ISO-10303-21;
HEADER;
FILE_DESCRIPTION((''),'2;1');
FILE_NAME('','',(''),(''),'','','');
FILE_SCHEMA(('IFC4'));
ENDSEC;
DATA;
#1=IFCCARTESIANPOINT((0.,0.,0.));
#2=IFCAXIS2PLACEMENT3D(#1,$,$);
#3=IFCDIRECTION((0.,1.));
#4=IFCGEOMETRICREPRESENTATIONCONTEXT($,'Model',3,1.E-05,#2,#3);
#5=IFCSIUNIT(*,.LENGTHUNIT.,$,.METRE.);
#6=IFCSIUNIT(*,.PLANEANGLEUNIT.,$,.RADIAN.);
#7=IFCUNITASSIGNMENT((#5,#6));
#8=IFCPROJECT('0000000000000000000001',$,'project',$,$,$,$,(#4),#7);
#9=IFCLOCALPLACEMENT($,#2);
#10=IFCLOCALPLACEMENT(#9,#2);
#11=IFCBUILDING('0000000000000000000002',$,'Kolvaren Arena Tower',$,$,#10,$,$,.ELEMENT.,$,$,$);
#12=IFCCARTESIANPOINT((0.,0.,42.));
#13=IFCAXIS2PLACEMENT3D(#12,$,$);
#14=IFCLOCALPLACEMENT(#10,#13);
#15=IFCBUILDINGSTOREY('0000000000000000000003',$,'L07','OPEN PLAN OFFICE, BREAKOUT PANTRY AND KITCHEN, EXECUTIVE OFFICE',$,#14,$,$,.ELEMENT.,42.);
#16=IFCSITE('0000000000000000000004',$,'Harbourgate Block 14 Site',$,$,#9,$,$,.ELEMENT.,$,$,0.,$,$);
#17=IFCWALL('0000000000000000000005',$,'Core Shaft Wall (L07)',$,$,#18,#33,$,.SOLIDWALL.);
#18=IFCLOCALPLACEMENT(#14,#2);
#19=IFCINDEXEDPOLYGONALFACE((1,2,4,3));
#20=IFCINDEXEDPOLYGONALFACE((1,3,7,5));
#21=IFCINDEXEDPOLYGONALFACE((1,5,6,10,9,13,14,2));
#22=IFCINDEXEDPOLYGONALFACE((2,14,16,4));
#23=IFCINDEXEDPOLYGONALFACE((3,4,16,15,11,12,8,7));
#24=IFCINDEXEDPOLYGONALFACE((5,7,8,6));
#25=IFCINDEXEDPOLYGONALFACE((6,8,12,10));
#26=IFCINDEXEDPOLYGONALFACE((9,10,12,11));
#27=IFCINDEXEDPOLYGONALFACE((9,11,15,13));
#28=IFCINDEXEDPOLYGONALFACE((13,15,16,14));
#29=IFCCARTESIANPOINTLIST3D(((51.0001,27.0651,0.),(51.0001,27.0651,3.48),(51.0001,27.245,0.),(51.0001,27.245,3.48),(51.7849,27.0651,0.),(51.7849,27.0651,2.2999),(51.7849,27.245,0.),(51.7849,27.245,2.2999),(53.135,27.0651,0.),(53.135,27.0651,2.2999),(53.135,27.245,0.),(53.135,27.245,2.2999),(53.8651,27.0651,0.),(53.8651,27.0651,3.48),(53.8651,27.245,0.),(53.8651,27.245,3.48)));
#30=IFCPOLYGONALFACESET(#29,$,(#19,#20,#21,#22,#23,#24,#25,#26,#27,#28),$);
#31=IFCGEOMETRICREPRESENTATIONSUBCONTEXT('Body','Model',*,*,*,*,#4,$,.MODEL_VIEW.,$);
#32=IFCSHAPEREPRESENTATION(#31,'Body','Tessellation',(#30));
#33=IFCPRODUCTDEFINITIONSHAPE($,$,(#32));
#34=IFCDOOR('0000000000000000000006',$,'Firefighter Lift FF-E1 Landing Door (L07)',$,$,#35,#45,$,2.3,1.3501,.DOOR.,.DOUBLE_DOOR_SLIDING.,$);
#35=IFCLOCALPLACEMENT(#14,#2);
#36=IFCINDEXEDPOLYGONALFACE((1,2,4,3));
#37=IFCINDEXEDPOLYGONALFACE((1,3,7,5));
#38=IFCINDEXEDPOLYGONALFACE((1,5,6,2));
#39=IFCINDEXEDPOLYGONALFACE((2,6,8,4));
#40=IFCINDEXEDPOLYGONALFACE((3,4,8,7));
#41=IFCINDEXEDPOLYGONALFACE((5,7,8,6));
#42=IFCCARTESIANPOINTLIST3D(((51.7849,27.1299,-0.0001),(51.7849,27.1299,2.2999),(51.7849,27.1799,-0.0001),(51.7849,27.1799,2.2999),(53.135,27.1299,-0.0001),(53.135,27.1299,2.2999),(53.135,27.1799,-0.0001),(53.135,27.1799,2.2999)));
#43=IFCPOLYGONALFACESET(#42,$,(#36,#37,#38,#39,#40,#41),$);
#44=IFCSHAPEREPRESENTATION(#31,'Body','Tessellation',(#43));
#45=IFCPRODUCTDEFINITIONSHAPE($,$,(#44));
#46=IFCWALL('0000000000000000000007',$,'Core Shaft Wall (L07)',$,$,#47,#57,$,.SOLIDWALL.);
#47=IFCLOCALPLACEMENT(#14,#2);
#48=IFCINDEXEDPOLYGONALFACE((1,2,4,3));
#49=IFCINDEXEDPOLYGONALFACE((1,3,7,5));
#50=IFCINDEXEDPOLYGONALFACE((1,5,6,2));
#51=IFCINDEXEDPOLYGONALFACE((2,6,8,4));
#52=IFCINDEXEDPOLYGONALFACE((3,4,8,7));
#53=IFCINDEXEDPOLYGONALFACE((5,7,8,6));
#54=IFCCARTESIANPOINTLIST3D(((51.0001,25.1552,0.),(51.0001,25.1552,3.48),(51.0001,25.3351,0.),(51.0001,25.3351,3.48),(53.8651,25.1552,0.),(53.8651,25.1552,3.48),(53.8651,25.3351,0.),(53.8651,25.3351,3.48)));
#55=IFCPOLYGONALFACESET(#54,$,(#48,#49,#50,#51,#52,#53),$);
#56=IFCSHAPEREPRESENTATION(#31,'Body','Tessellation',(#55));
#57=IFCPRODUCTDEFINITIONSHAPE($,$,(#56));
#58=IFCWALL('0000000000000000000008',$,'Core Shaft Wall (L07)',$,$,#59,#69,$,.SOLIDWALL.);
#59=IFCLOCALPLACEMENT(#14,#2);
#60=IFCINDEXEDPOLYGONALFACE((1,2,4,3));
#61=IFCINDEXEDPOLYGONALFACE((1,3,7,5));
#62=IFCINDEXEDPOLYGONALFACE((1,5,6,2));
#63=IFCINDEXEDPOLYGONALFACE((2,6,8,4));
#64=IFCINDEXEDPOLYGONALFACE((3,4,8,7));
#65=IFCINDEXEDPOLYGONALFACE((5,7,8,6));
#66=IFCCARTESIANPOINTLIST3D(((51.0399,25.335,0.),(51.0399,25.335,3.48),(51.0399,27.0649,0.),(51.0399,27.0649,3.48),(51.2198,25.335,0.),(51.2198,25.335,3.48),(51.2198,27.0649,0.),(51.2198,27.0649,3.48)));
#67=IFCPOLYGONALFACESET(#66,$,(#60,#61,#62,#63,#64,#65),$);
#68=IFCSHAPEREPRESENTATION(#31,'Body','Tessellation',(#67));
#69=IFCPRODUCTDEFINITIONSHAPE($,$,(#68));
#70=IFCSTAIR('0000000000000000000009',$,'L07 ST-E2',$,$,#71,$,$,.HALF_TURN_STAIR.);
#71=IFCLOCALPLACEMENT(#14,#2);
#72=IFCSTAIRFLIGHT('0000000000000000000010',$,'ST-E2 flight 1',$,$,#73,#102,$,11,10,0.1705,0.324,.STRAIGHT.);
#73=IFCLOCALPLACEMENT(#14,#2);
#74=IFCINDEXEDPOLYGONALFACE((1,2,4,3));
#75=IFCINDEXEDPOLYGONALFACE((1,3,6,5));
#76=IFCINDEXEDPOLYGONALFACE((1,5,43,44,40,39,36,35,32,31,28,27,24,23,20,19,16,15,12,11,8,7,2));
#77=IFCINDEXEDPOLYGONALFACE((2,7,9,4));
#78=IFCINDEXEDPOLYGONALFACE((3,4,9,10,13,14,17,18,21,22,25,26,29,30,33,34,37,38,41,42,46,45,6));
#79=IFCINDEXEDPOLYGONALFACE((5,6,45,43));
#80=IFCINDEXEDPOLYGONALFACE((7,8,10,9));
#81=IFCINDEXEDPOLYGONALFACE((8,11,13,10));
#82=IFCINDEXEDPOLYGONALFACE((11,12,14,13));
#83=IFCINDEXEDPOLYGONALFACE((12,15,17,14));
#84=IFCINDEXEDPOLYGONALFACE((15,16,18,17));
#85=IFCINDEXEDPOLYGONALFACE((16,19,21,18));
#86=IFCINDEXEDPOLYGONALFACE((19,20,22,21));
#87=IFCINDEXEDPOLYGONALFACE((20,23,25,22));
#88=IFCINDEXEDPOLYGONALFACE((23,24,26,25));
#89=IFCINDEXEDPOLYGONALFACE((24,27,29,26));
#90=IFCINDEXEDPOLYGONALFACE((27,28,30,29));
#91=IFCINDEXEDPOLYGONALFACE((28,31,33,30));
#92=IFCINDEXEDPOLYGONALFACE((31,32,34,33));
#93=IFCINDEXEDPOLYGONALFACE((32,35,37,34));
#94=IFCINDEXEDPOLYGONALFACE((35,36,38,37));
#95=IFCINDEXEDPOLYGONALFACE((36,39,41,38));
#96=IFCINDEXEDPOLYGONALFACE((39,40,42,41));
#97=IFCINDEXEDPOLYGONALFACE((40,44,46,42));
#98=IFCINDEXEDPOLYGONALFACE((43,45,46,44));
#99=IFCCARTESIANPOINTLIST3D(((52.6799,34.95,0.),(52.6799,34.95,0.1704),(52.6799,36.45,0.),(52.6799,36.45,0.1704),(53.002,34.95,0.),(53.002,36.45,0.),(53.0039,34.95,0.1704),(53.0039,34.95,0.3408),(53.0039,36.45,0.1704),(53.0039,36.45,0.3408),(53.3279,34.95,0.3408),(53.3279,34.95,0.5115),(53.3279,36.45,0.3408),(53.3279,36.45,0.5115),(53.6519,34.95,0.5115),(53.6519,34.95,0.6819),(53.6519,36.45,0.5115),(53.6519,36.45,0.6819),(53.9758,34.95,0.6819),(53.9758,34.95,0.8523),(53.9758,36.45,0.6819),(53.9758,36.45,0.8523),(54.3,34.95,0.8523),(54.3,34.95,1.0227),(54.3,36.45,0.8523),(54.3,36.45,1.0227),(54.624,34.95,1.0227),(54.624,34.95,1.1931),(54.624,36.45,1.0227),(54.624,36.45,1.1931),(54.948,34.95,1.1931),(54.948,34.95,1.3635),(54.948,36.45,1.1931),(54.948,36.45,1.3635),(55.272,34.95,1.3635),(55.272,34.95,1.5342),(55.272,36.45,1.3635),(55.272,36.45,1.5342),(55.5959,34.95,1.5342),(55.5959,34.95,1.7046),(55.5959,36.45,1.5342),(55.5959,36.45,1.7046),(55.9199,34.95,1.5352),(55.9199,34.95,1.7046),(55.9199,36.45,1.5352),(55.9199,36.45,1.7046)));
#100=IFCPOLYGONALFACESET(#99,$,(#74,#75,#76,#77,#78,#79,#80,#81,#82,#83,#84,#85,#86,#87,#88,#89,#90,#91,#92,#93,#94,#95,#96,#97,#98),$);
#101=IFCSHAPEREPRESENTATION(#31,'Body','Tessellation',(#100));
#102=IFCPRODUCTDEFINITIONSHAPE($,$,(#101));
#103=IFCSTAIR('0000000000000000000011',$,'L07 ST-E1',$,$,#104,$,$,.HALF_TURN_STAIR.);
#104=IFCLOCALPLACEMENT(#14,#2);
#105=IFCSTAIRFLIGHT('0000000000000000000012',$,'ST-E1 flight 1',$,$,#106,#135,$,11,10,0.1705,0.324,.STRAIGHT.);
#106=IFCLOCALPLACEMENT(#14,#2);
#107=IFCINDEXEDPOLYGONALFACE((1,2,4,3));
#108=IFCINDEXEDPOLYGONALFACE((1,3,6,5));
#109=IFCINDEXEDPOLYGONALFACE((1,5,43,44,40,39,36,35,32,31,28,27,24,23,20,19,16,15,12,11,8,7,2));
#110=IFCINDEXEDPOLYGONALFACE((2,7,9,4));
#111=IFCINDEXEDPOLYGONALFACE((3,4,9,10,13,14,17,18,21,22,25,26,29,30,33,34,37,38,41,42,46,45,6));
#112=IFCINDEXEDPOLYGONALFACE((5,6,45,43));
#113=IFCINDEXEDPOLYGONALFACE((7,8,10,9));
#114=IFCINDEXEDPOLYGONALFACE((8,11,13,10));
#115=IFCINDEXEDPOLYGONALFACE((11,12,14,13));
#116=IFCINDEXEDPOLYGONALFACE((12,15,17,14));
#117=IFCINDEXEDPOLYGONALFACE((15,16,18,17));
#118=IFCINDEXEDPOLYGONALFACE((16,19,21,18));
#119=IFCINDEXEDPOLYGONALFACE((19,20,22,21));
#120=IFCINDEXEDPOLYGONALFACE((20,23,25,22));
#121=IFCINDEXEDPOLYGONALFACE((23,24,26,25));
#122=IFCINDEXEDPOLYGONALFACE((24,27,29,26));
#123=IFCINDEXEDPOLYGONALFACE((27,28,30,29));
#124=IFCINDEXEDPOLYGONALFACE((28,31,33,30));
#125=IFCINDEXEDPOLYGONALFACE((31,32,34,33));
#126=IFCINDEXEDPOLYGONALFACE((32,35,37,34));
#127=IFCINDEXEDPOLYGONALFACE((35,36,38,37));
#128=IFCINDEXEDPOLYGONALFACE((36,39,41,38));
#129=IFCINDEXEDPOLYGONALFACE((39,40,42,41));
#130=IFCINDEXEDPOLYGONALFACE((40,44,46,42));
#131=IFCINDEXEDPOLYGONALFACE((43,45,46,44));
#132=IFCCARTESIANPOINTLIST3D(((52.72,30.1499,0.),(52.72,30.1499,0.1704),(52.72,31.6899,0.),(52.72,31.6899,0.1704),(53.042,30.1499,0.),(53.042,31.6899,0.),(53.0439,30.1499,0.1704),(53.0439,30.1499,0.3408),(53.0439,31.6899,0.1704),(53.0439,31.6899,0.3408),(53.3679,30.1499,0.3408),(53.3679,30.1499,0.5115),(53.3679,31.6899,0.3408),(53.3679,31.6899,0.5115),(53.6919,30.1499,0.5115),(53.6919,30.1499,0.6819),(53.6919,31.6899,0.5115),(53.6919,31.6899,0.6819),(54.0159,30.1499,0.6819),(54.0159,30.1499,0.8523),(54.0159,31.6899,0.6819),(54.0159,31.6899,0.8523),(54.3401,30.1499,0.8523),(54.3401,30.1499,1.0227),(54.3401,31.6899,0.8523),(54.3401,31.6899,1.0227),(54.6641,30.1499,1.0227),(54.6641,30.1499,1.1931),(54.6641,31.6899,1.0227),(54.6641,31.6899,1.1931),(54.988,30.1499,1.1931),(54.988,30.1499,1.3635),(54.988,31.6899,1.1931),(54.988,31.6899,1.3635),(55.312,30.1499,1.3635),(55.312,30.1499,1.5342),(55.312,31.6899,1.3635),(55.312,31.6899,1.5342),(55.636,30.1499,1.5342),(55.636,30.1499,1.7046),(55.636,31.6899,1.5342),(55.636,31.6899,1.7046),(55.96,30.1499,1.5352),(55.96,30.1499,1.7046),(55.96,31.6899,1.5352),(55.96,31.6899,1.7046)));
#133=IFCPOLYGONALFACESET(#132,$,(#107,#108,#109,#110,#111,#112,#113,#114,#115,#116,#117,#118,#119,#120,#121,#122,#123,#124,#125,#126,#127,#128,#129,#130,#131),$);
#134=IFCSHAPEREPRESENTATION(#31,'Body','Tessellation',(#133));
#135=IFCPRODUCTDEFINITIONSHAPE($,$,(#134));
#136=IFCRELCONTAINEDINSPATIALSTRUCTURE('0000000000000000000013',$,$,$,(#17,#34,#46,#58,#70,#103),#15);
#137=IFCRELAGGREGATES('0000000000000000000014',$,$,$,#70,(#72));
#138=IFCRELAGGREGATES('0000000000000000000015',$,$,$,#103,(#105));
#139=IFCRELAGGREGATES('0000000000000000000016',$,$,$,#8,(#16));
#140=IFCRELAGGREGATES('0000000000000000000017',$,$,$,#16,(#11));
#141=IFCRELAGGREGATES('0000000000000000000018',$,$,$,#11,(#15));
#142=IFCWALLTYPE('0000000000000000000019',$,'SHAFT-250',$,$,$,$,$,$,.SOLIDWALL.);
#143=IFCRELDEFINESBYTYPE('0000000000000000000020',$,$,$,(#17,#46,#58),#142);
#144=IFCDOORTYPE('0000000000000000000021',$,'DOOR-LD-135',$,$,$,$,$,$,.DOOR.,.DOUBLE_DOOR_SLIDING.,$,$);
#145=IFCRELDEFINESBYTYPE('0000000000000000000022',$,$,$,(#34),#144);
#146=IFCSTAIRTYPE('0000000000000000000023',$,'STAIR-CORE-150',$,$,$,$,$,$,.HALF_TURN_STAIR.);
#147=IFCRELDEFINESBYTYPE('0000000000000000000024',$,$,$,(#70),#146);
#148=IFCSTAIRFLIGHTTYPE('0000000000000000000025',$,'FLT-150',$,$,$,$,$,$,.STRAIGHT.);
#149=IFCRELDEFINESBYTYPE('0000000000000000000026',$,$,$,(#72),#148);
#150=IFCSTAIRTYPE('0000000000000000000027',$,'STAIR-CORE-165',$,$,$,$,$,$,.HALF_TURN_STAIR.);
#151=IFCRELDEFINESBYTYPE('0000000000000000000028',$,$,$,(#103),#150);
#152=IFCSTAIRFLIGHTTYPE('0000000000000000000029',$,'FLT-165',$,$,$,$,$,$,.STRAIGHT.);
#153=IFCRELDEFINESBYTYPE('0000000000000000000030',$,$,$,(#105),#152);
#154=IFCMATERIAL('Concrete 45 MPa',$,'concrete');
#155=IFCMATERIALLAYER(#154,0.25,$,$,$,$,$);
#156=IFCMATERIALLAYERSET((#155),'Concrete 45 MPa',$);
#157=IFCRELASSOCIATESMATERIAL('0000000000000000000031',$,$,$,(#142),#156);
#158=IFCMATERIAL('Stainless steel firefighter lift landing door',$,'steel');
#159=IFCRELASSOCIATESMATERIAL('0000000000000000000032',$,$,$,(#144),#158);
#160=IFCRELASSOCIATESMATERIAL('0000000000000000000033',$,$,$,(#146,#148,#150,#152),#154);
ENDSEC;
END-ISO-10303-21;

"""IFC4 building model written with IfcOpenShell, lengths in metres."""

from ifc_helpers import new_model, si_unit, direction, frame, frame_2d, origin, place, context, subcontext, project, spatial, polyline, rectangle, outline, extrude, material, layer, layer_set, type_object, element, fill, aggregate, save


model = new_model("IFC4")

# Units and contexts
model_context = context("Model", 3, precision=1e-05, world=origin(), true_north=direction((0.0, 1.0)))
body_context = subcontext(model_context, "Body", "Model", "MODEL_VIEW")
ifc_project = project(units=[si_unit("LENGTHUNIT", "METRE"), si_unit("PLANEANGLEUNIT", "RADIAN")], contexts=[model_context])

# Site, building, storey
site_placement = place(None, origin())
site = spatial("IfcSite", under=ifc_project, at=site_placement, Name="Harbourgate Block 14 Site", CompositionType="ELEMENT", RefElevation=0.0)
building_placement = place(site_placement, origin())
building = spatial("IfcBuilding", under=site, at=building_placement, Name="Kolvaren Arena Tower", CompositionType="ELEMENT")
storey_placement = place(building_placement, frame((0.0, 0.0, 42.0)))
storey = spatial("IfcBuildingStorey", under=building, at=storey_placement, Name="L07", Description="OPEN PLAN OFFICE, BREAKOUT PANTRY AND KITCHEN, EXECUTIVE OFFICE", CompositionType="ELEMENT", Elevation=42.0)

# Shared definitions
ifc_material_1 = material(Name="Concrete 45 MPa", Category="concrete")
ifc_layer_1 = layer(ifc_material_1, 0.25)
ifc_layer_set_1 = layer_set([ifc_layer_1], Name="Concrete 45 MPa")
wall_type = type_object("IfcWallType", Name="SHAFT-250", PredefinedType="SOLIDWALL", material=ifc_layer_set_1)

# Wall, opening, door
wall_1_placement = place(storey_placement, frame((51.0, 27.155, 0.0), z_axis=(0.0, 0.0, 1.0), x_axis=(1.0, 0.0, 0.0)))
wall_1 = element("IfcWall", 1, at=wall_1_placement, inside=storey, type_object=wall_type, Name="Core Shaft Wall (L07)", PredefinedType="SOLIDWALL", context=body_context, shape_type="SweptSolid", body=[
    extrude(rectangle(XDim=2.865, YDim=0.1799, at=frame_2d((1.4326, 0.0))), origin(), (0.0, 0.0, 1.0), 3.48),
])
opening_placement = place(wall_1_placement, frame((0.7849, 0.0, 0.0)))
opening = element("IfcOpeningElement", 2, at=opening_placement, cuts=wall_1, PredefinedType="OPENING", context=body_context, shape_type="SweptSolid", body=[
    extrude(rectangle(XDim=1.3501, YDim=2.3, at=frame_2d((0.675, 1.1499))), frame((0.0, 0.0999, 0.0), z_axis=(0.0, -1.0, 0.0), x_axis=(1.0, 0.0, 0.0)), (0.0, 0.0, 1.0), 0.2),
])
ifc_material_2 = material(Name="Stainless steel firefighter lift landing door", Category="steel")
door_type = type_object("IfcDoorType", Name="DOOR-LD-135", OperationType="DOUBLE_DOOR_SLIDING", PredefinedType="DOOR", material=ifc_material_2)
door_placement = place(opening_placement, origin())
door = element("IfcDoor", 3, at=door_placement, inside=storey, type_object=door_type, Name="Firefighter Lift FF-E1 Landing Door (L07)", OperationType="DOUBLE_DOOR_SLIDING", OverallHeight=2.3, OverallWidth=1.3501, PredefinedType="DOOR", context=body_context, shape_type="SweptSolid", body=[
    extrude(rectangle(XDim=1.3501, YDim=2.3, at=frame_2d((0.675, 1.1499))), frame((0.0, 0.0249, 0.0), z_axis=(0.0, -1.0, 0.0), x_axis=(1.0, 0.0, 0.0)), (0.0, 0.0, 1.0), 0.05),
])
fill(opening, door)

# Walls
wall_2_placement = place(storey_placement, frame((51.0, 25.2451, 0.0), z_axis=(0.0, 0.0, 1.0), x_axis=(1.0, 0.0, 0.0)))
element("IfcWall", 4, at=wall_2_placement, inside=storey, type_object=wall_type, Name="Core Shaft Wall (L07)", PredefinedType="SOLIDWALL", context=body_context, shape_type="SweptSolid", body=[
    extrude(rectangle(XDim=2.865, YDim=0.1799, at=frame_2d((1.4326, 0.0))), origin(), (0.0, 0.0, 1.0), 3.48),
])
wall_3_placement = place(storey_placement, frame((51.1299, 25.335, 0.0), z_axis=(0.0, 0.0, 1.0), x_axis=(0.0, 1.0, 0.0)))
element("IfcWall", 5, at=wall_3_placement, inside=storey, type_object=wall_type, Name="Core Shaft Wall (L07)", PredefinedType="SOLIDWALL", context=body_context, shape_type="SweptSolid", body=[
    extrude(rectangle(XDim=1.73, YDim=0.1799, at=frame_2d((0.865, 0.0))), origin(), (0.0, 0.0, 1.0), 3.48),
])

# Stairs, stair flights
stair_type_1 = type_object("IfcStairType", Name="STAIR-CORE-150", PredefinedType="HALF_TURN_STAIR", material=ifc_material_1)
stair_1_placement = place(storey_placement, origin())
stair_1 = element("IfcStair", 6, at=stair_1_placement, inside=storey, type_object=stair_type_1, Name="L07 ST-E2", PredefinedType="HALF_TURN_STAIR")
stair_flight_type_1 = type_object("IfcStairFlightType", Name="FLT-150", PredefinedType="STRAIGHT", material=ifc_material_1)
stair_flight_1_placement = place(storey_placement, frame((52.6799, 35.7, 0.0), z_axis=(0.0, 0.0, 1.0), x_axis=(1.0, 0.0, 0.0)))
stair_flight_1 = element("IfcStairFlight", 7, at=stair_flight_1_placement, type_object=stair_flight_type_1, Name="ST-E2 flight 1", NumberOfRisers=11, NumberOfTreads=10, PredefinedType="STRAIGHT", RiserHeight=0.1705, TreadLength=0.324, context=body_context, shape_type="SweptSolid", body=[
    extrude(outline(polyline([(0.0, 0.0), (0.0, 0.1704), (0.324, 0.1704), (0.324, 0.3408), (0.6479, 0.3408), (0.6479, 0.5115), (0.9719, 0.5115), (0.9719, 0.6819), (1.2959, 0.6819), (1.2959, 0.8523), (1.6201, 0.8523), (1.6201, 1.0227), (1.9441, 1.0227), (1.9441, 1.1931), (2.2681, 1.1931), (2.2681, 1.3635), (2.592, 1.3635), (2.592, 1.5342), (2.916, 1.5342), (2.916, 1.7046), (3.24, 1.7046), (3.24, 1.875), (3.24, 1.5352), (0.322, 0.0), (0.0, 0.0)])), frame((0.0, 0.75, 0.0), z_axis=(0.0, -1.0, 0.0), x_axis=(1.0, 0.0, 0.0)), (0.0, 0.0, 1.0), 1.5),
])
aggregate(stair_1, [stair_flight_1])
stair_type_2 = type_object("IfcStairType", Name="STAIR-CORE-165", PredefinedType="HALF_TURN_STAIR", material=ifc_material_1)
stair_2_placement = place(storey_placement, origin())
stair_2 = element("IfcStair", 8, at=stair_2_placement, inside=storey, type_object=stair_type_2, Name="L07 ST-E1", PredefinedType="HALF_TURN_STAIR")
stair_flight_type_2 = type_object("IfcStairFlightType", Name="FLT-165", PredefinedType="STRAIGHT", material=ifc_material_1)
stair_flight_2_placement = place(storey_placement, frame((52.72, 30.9199, 0.0), z_axis=(0.0, 0.0, 1.0), x_axis=(1.0, 0.0, 0.0)))
stair_flight_2 = element("IfcStairFlight", 9, at=stair_flight_2_placement, type_object=stair_flight_type_2, Name="ST-E1 flight 1", NumberOfRisers=11, NumberOfTreads=10, PredefinedType="STRAIGHT", RiserHeight=0.1705, TreadLength=0.324, context=body_context, shape_type="SweptSolid", body=[
    extrude(outline(polyline([(0.0, 0.0), (0.0, 0.1704), (0.324, 0.1704), (0.324, 0.3408), (0.6479, 0.3408), (0.6479, 0.5115), (0.9719, 0.5115), (0.9719, 0.6819), (1.2959, 0.6819), (1.2959, 0.8523), (1.6201, 0.8523), (1.6201, 1.0227), (1.9441, 1.0227), (1.9441, 1.1931), (2.2681, 1.1931), (2.2681, 1.3635), (2.592, 1.3635), (2.592, 1.5342), (2.916, 1.5342), (2.916, 1.7046), (3.24, 1.7046), (3.24, 1.875), (3.24, 1.5352), (0.322, 0.0), (0.0, 0.0)])), frame((0.0, 0.77, 0.0), z_axis=(0.0, -1.0, 0.0), x_axis=(1.0, 0.0, 0.0)), (0.0, 0.0, 1.0), 1.54),
])
aggregate(stair_2, [stair_flight_2])

save(model, "model.ifc")
